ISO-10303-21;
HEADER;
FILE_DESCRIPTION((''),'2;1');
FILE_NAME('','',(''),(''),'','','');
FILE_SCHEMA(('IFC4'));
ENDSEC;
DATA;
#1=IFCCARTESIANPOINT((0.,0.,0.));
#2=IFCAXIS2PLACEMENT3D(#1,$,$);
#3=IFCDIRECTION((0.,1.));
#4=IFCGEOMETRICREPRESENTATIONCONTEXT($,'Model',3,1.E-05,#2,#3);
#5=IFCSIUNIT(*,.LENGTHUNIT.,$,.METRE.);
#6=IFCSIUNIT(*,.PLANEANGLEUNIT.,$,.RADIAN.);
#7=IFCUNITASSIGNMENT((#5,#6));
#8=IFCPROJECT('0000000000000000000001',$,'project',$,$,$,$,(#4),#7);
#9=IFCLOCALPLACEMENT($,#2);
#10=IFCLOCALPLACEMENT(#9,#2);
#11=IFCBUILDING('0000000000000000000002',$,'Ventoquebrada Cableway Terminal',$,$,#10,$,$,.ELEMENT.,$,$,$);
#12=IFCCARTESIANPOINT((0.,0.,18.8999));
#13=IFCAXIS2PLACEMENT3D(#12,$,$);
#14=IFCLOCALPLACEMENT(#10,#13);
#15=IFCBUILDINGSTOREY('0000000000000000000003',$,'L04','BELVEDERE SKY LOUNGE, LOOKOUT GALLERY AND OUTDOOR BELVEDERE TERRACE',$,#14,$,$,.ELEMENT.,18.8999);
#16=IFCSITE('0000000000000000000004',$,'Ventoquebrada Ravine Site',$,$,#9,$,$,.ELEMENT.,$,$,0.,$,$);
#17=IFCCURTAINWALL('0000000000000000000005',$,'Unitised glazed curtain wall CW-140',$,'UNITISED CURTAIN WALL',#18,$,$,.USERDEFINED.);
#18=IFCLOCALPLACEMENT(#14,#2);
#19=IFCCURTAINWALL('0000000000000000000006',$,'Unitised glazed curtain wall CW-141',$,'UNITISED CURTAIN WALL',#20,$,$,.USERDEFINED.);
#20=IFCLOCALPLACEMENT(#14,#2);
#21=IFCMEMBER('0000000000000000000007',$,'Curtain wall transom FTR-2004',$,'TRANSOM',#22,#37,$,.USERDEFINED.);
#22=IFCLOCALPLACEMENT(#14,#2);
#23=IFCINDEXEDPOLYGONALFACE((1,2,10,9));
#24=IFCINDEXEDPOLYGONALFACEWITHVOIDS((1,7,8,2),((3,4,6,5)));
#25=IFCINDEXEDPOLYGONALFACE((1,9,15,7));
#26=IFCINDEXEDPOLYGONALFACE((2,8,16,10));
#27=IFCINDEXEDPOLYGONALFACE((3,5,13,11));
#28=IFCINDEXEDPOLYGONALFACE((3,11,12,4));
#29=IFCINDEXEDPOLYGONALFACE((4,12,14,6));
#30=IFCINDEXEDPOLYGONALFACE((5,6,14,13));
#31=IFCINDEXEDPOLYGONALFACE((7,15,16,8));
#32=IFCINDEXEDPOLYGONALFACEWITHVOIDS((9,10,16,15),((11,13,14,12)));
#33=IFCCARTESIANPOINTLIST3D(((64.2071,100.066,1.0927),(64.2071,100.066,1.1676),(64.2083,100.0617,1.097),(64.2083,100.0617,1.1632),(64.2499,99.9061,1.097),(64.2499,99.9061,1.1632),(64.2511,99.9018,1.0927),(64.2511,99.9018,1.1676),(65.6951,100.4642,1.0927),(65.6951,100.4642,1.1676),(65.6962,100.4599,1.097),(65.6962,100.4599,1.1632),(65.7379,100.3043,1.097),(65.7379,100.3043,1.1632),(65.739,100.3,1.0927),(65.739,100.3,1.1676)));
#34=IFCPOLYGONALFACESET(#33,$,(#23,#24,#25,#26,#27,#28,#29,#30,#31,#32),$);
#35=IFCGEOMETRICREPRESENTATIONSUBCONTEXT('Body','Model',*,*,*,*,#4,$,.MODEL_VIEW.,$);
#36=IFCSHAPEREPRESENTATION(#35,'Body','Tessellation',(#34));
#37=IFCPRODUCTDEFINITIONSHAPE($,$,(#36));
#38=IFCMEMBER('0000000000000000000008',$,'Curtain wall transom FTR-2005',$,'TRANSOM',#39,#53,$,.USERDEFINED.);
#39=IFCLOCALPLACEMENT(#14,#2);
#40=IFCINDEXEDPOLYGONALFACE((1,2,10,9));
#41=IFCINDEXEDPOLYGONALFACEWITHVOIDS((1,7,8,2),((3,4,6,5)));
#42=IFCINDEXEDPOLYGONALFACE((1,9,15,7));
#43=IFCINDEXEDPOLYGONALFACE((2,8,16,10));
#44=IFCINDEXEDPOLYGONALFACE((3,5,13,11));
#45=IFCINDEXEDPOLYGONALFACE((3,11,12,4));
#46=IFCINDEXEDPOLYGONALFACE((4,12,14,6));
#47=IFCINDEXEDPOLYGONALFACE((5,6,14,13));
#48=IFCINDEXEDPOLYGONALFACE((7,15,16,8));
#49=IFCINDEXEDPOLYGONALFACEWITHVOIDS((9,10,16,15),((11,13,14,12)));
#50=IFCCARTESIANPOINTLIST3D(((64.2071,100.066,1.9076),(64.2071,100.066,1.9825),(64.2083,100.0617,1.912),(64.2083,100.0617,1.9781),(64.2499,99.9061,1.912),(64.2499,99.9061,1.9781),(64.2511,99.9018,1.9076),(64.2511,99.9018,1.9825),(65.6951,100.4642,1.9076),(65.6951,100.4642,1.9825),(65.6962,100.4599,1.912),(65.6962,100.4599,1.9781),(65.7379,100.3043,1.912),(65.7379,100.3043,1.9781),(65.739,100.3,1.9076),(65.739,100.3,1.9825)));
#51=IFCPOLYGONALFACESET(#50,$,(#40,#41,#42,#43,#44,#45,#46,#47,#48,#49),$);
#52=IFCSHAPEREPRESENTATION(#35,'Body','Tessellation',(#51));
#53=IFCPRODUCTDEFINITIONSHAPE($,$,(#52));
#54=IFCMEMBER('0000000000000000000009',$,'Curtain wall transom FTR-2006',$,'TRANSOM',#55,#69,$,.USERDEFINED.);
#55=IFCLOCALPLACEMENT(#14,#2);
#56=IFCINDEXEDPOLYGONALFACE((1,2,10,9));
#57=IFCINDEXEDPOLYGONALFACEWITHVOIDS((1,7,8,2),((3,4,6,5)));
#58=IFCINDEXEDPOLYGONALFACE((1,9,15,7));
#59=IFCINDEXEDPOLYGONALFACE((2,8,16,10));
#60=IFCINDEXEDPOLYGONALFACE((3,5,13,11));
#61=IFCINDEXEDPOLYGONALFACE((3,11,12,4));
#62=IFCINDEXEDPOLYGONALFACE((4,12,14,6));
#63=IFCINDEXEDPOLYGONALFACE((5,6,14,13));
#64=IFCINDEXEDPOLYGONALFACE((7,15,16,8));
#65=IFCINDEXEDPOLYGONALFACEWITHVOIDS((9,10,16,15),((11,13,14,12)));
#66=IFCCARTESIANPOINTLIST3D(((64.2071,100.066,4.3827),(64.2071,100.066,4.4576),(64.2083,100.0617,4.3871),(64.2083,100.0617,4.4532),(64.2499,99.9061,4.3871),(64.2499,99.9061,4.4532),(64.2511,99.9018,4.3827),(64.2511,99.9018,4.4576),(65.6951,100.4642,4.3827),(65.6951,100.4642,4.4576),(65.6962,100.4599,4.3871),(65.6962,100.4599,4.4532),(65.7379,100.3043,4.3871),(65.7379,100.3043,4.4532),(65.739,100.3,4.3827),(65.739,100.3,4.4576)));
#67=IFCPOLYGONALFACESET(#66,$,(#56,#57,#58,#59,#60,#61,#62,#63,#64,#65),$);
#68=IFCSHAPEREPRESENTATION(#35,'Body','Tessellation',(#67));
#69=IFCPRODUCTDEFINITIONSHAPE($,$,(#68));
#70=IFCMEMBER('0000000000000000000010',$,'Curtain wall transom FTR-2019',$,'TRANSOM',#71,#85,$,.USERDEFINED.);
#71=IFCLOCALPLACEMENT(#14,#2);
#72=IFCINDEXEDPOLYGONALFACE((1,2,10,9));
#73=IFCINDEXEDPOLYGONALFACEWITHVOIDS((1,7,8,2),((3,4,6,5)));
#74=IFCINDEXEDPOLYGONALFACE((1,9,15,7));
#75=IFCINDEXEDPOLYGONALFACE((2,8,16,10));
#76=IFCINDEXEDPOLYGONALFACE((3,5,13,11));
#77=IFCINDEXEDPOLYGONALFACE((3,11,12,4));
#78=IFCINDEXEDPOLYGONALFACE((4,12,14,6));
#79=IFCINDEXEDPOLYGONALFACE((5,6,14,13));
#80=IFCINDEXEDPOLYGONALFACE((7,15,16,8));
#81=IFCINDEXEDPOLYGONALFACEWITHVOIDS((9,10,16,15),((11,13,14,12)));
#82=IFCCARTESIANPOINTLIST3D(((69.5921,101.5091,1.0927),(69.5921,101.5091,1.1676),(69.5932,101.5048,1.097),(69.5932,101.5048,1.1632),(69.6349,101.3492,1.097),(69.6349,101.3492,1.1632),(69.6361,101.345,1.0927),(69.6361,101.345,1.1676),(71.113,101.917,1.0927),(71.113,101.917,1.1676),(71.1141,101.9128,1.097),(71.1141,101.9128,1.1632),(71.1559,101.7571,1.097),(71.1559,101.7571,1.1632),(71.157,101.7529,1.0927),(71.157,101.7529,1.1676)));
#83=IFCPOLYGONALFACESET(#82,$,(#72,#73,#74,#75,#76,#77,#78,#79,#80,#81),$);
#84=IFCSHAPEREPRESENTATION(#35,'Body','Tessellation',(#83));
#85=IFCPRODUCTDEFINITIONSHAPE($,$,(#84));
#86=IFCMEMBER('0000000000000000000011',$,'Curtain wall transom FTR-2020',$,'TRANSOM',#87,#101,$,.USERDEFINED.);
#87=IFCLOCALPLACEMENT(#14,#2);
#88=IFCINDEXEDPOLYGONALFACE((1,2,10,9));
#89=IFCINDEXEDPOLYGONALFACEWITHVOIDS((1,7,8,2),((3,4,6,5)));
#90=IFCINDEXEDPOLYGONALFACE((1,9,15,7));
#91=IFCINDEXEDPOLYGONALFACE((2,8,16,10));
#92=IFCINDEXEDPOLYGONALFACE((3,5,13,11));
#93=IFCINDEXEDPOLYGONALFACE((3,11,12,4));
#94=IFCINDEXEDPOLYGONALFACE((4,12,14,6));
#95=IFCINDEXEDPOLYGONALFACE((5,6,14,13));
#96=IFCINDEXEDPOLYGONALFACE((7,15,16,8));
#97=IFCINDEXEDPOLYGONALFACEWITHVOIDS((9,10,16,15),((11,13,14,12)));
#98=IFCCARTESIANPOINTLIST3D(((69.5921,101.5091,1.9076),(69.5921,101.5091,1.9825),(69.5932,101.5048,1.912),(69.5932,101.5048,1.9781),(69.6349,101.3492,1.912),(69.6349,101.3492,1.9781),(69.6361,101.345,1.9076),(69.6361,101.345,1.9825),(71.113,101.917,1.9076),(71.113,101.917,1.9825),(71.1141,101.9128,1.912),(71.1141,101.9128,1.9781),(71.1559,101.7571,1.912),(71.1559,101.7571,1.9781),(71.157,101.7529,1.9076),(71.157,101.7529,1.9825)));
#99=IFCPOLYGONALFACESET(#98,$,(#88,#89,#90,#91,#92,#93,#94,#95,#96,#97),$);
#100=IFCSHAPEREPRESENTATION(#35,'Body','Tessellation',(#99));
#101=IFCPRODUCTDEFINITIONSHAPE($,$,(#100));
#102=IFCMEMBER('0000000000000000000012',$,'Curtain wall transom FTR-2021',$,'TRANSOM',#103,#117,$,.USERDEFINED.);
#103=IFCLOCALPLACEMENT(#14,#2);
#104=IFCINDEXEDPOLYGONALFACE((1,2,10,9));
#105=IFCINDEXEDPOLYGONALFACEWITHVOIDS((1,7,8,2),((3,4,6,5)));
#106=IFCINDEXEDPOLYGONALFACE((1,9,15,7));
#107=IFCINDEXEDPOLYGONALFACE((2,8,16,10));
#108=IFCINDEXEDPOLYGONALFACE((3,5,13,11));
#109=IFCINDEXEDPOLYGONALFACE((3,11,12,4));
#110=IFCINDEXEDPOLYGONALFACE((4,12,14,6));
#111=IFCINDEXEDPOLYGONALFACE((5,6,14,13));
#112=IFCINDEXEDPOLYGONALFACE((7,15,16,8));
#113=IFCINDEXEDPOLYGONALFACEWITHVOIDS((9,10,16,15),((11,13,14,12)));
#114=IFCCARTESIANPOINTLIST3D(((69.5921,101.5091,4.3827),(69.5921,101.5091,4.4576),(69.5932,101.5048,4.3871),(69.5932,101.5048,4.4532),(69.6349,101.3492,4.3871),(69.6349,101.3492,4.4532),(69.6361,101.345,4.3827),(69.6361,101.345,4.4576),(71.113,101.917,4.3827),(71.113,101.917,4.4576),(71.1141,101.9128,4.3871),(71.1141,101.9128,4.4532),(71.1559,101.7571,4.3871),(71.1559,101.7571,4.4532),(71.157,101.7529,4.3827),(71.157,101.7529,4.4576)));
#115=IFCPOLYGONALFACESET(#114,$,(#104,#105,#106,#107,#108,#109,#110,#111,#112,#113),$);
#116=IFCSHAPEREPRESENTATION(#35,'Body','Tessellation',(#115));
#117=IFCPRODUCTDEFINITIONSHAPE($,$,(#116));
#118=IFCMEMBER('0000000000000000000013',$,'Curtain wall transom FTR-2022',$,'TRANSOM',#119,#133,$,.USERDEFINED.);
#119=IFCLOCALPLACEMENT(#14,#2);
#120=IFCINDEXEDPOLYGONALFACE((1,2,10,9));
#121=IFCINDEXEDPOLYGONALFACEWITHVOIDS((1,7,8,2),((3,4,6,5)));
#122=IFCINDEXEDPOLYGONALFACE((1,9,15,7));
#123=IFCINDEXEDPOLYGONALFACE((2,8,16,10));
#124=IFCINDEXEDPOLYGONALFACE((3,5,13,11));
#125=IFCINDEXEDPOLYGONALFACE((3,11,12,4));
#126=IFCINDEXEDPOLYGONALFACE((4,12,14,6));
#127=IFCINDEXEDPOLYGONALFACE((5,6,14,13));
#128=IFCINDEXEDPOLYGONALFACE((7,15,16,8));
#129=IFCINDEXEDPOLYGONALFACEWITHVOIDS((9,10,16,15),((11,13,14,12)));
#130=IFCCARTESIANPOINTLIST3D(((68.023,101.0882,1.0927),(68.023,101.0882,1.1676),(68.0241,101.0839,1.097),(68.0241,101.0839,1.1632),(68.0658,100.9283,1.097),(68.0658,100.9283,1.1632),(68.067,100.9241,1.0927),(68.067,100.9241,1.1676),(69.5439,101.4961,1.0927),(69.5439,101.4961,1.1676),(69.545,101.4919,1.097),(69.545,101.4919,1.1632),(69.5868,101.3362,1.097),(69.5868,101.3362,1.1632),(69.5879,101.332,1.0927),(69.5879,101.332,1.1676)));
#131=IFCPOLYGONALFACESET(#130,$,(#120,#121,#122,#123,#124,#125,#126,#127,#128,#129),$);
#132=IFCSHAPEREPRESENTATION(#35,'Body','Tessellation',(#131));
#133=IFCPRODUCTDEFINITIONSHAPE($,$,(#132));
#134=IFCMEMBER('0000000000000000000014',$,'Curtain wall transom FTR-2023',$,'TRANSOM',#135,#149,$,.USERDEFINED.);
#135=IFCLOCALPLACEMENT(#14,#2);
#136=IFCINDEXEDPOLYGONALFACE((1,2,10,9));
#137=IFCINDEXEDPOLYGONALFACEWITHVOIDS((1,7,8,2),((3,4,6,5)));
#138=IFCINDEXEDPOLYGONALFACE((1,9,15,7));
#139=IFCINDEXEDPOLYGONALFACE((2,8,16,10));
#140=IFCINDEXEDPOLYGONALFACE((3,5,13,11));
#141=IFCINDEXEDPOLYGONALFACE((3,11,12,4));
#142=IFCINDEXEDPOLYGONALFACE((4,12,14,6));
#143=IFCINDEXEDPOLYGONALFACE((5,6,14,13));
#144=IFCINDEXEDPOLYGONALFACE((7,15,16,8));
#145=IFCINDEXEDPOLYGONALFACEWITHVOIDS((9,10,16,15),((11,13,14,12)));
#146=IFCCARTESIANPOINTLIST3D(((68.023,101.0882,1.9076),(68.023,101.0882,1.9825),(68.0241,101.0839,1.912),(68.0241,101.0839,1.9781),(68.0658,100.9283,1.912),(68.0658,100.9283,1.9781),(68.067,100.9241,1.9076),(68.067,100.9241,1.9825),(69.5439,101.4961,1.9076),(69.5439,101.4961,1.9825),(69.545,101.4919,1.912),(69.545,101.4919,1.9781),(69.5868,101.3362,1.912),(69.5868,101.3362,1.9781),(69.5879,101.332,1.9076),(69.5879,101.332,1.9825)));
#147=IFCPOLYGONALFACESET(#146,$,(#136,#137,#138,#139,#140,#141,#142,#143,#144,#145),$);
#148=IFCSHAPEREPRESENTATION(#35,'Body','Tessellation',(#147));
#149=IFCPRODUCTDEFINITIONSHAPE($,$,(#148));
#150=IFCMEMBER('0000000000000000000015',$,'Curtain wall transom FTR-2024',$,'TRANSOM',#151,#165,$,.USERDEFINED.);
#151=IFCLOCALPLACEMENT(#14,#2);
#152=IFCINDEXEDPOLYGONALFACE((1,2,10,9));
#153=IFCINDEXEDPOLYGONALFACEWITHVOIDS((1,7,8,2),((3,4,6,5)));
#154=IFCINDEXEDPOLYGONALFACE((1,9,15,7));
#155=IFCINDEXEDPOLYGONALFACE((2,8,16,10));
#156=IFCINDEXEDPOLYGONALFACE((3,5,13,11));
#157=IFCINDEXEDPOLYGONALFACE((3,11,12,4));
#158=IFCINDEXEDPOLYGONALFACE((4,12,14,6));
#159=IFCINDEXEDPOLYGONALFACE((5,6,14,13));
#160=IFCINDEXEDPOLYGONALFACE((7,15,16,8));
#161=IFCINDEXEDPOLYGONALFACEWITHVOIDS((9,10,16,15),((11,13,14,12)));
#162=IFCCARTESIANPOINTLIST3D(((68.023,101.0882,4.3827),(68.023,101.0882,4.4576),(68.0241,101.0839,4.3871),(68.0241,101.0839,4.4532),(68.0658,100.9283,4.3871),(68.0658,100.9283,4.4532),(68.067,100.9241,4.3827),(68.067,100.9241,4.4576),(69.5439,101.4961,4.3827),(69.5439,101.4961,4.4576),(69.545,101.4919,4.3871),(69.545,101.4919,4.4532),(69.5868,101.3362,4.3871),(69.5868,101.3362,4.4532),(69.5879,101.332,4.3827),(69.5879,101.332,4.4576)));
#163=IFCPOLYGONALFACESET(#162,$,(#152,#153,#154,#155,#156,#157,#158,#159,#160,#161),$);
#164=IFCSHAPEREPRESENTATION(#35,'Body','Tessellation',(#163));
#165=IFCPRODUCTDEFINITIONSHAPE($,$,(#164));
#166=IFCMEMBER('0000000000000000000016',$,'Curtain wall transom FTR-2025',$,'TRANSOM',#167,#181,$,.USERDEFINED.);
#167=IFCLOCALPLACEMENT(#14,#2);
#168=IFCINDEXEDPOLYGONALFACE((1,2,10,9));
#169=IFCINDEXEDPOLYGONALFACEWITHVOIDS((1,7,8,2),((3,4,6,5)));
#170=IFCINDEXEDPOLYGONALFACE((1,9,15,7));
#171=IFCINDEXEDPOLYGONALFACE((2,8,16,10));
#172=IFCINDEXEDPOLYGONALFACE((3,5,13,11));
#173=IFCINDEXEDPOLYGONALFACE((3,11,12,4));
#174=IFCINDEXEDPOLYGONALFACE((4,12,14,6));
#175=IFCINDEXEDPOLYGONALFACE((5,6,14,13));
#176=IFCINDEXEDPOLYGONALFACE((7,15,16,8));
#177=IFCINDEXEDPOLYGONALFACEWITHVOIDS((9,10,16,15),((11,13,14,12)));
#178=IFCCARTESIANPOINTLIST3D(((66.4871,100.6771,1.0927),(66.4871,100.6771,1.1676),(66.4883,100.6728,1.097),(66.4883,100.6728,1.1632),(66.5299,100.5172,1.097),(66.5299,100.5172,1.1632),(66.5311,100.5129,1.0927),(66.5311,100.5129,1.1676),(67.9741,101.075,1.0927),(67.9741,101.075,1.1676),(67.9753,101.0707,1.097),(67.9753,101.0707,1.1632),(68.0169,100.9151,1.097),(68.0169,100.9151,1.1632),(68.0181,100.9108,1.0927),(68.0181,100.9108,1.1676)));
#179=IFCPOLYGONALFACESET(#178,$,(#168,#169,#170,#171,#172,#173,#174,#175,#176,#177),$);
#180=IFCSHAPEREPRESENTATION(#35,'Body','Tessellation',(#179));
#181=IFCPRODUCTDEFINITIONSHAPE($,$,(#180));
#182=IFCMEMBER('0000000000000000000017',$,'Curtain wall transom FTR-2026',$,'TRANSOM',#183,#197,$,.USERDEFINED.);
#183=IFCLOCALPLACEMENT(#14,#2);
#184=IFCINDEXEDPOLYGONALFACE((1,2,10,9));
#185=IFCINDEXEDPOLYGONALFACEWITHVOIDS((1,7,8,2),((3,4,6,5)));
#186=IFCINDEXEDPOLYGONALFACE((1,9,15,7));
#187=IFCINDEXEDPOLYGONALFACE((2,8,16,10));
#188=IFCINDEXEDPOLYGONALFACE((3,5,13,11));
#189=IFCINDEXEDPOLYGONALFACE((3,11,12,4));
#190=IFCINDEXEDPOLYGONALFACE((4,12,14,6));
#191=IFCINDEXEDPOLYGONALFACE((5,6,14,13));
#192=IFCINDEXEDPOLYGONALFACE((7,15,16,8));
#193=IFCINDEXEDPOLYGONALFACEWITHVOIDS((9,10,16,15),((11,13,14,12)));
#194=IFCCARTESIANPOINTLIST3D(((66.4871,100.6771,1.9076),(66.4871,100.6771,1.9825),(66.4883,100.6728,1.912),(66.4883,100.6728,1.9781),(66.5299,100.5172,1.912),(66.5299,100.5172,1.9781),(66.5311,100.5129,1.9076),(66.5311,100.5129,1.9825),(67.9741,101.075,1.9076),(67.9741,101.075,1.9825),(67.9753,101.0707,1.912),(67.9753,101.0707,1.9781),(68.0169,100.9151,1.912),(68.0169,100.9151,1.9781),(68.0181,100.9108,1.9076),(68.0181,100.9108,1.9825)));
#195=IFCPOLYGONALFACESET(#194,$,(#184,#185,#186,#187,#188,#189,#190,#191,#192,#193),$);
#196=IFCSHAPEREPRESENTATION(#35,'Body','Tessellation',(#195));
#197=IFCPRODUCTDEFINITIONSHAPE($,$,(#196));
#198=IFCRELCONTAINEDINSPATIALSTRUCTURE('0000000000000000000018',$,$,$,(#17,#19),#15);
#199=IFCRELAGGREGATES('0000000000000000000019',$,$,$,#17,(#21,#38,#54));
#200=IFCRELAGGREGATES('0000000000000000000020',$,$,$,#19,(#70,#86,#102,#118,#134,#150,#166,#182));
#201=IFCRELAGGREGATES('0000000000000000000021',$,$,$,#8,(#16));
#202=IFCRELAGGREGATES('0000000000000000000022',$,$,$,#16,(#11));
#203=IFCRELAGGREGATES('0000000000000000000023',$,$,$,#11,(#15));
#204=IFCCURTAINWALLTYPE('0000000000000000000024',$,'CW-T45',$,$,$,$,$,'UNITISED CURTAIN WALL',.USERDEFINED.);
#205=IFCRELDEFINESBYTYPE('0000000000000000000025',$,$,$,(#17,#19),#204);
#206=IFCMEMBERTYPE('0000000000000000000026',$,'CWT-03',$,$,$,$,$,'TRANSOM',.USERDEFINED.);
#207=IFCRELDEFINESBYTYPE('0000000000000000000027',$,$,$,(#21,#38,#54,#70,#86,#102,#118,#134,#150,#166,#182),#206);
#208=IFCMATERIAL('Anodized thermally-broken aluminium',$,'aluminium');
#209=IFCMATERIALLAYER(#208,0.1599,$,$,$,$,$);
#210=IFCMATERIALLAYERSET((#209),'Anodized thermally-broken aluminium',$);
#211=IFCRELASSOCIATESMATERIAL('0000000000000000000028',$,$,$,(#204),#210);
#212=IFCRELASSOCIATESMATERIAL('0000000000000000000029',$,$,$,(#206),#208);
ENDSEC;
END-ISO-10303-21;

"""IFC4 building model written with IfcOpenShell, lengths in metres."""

from ifc_helpers import new_model, si_unit, direction, frame, origin, origin_2d, place, context, subcontext, project, spatial, hollow_rectangle, extrude, material, layer, layer_set, material_profile, profile_set, type_object, element, aggregate, save


model = new_model("IFC4")

# Units and contexts
model_context = context("Model", 3, precision=1e-05, world=origin(), true_north=direction((0.0, 1.0)))
body_context = subcontext(model_context, "Body", "Model", "MODEL_VIEW")
ifc_project = project(units=[si_unit("LENGTHUNIT", "METRE"), si_unit("PLANEANGLEUNIT", "RADIAN")], contexts=[model_context])

# Site, building, storey
site_placement = place(None, origin())
site = spatial("IfcSite", under=ifc_project, at=site_placement, Name="Ventoquebrada Ravine Site", CompositionType="ELEMENT", RefElevation=0.0)
building_placement = place(site_placement, origin())
building = spatial("IfcBuilding", under=site, at=building_placement, Name="Ventoquebrada Cableway Terminal", CompositionType="ELEMENT")
storey_placement = place(building_placement, frame((0.0, 0.0, 18.8999)))
storey = spatial("IfcBuildingStorey", under=building, at=storey_placement, Name="L04", Description="BELVEDERE SKY LOUNGE, LOOKOUT GALLERY AND OUTDOOR BELVEDERE TERRACE", CompositionType="ELEMENT", Elevation=18.8999)

# Curtain wall
ifc_material_1 = material(Name="Anodized thermally-broken aluminium", Category="aluminium")
ifc_layer_1 = layer(ifc_material_1, 0.1599)
ifc_layer_set_1 = layer_set([ifc_layer_1], Name="Anodized thermally-broken aluminium")
curtain_wall_type = type_object("IfcCurtainWallType", Name="CW-T45", ElementType="UNITISED CURTAIN WALL", PredefinedType="USERDEFINED", material=ifc_layer_set_1)
curtain_wall_1_placement = place(storey_placement, origin())
curtain_wall_1 = element("IfcCurtainWall", 1, at=curtain_wall_1_placement, inside=storey, type_object=curtain_wall_type, Name="Unitised glazed curtain wall CW-140", ObjectType="UNITISED CURTAIN WALL", PredefinedType="USERDEFINED")

# Curtain wall
curtain_wall_2_placement = place(storey_placement, origin())
curtain_wall_2 = element("IfcCurtainWall", 2, at=curtain_wall_2_placement, inside=storey, type_object=curtain_wall_type, Name="Unitised glazed curtain wall CW-141", ObjectType="UNITISED CURTAIN WALL", PredefinedType="USERDEFINED")

# Members
ifc_material_profile_1 = material_profile(ifc_material_1, hollow_rectangle(XDim=0.075, YDim=0.1699, WallThickness=0.0044, at=origin_2d()), Name="CW-TRN-75X170")
ifc_profile_set_1 = profile_set([ifc_material_profile_1], Name="Anodized thermally-broken aluminium")
member_type_1 = type_object("IfcMemberType", Name="CWT-03", ElementType="TRANSOM", PredefinedType="USERDEFINED", material=ifc_profile_set_1)
member_1_placement = place(storey_placement, frame((65.717, 100.3821, 1.1301), z_axis=(-0.966011, -0.258501, 0.0), x_axis=(0.0, 0.0, 1.0)))
member_1 = element("IfcMember", 3, at=member_1_placement, type_object=member_type_1, Name="Curtain wall transom FTR-2004", ObjectType="TRANSOM", PredefinedType="USERDEFINED", context=body_context, shape_type="SweptSolid", body=[
    extrude(hollow_rectangle(XDim=0.075, YDim=0.1699, WallThickness=0.0044, at=origin_2d()), origin(), (0.0, 0.0, 1.0), 1.5403),
])
member_2_placement = place(storey_placement, frame((65.717, 100.3821, 1.9451), z_axis=(-0.966011, -0.258501, 0.0), x_axis=(0.0, 0.0, 1.0)))
member_2 = element("IfcMember", 4, at=member_2_placement, type_object=member_type_1, Name="Curtain wall transom FTR-2005", ObjectType="TRANSOM", PredefinedType="USERDEFINED", context=body_context, shape_type="SweptSolid", body=[
    extrude(hollow_rectangle(XDim=0.075, YDim=0.1699, WallThickness=0.0044, at=origin_2d()), origin(), (0.0, 0.0, 1.0), 1.5403),
])
member_3_placement = place(storey_placement, frame((65.717, 100.3821, 4.4202), z_axis=(-0.966011, -0.258501, 0.0), x_axis=(0.0, 0.0, 1.0)))
member_3 = element("IfcMember", 5, at=member_3_placement, type_object=member_type_1, Name="Curtain wall transom FTR-2006", ObjectType="TRANSOM", PredefinedType="USERDEFINED", context=body_context, shape_type="SweptSolid", body=[
    extrude(hollow_rectangle(XDim=0.075, YDim=0.1699, WallThickness=0.0044, at=origin_2d()), origin(), (0.0, 0.0, 1.0), 1.5403),
])
member_4_placement = place(storey_placement, frame((71.135, 101.835, 1.1301), z_axis=(-0.965861, -0.259062, 0.0), x_axis=(0.0, 0.0, 1.0)))
member_4 = element("IfcMember", 6, at=member_4_placement, type_object=member_type_1, Name="Curtain wall transom FTR-2019", ObjectType="TRANSOM", PredefinedType="USERDEFINED", context=body_context, shape_type="SweptSolid", body=[
    extrude(hollow_rectangle(XDim=0.075, YDim=0.1699, WallThickness=0.0044, at=origin_2d()), origin(), (0.0, 0.0, 1.0), 1.5747),
])
member_5_placement = place(storey_placement, frame((71.135, 101.835, 1.9451), z_axis=(-0.965861, -0.259062, 0.0), x_axis=(0.0, 0.0, 1.0)))
member_5 = element("IfcMember", 7, at=member_5_placement, type_object=member_type_1, Name="Curtain wall transom FTR-2020", ObjectType="TRANSOM", PredefinedType="USERDEFINED", context=body_context, shape_type="SweptSolid", body=[
    extrude(hollow_rectangle(XDim=0.075, YDim=0.1699, WallThickness=0.0044, at=origin_2d()), origin(), (0.0, 0.0, 1.0), 1.5747),
])
member_6_placement = place(storey_placement, frame((71.135, 101.835, 4.4202), z_axis=(-0.965861, -0.259062, 0.0), x_axis=(0.0, 0.0, 1.0)))
member_6 = element("IfcMember", 8, at=member_6_placement, type_object=member_type_1, Name="Curtain wall transom FTR-2021", ObjectType="TRANSOM", PredefinedType="USERDEFINED", context=body_context, shape_type="SweptSolid", body=[
    extrude(hollow_rectangle(XDim=0.075, YDim=0.1699, WallThickness=0.0044, at=origin_2d()), origin(), (0.0, 0.0, 1.0), 1.5747),
])
member_7_placement = place(storey_placement, frame((69.5659, 101.4141, 1.1301), z_axis=(-0.965861, -0.259062, 0.0), x_axis=(0.0, 0.0, 1.0)))
member_7 = element("IfcMember", 9, at=member_7_placement, type_object=member_type_1, Name="Curtain wall transom FTR-2022", ObjectType="TRANSOM", PredefinedType="USERDEFINED", context=body_context, shape_type="SweptSolid", body=[
    extrude(hollow_rectangle(XDim=0.075, YDim=0.1699, WallThickness=0.0044, at=origin_2d()), origin(), (0.0, 0.0, 1.0), 1.5747),
])
member_8_placement = place(storey_placement, frame((69.5659, 101.4141, 1.9451), z_axis=(-0.965861, -0.259062, 0.0), x_axis=(0.0, 0.0, 1.0)))
member_8 = element("IfcMember", 10, at=member_8_placement, type_object=member_type_1, Name="Curtain wall transom FTR-2023", ObjectType="TRANSOM", PredefinedType="USERDEFINED", context=body_context, shape_type="SweptSolid", body=[
    extrude(hollow_rectangle(XDim=0.075, YDim=0.1699, WallThickness=0.0044, at=origin_2d()), origin(), (0.0, 0.0, 1.0), 1.5747),
])
member_9_placement = place(storey_placement, frame((69.5659, 101.4141, 4.4202), z_axis=(-0.965861, -0.259062, 0.0), x_axis=(0.0, 0.0, 1.0)))
member_9 = element("IfcMember", 11, at=member_9_placement, type_object=member_type_1, Name="Curtain wall transom FTR-2024", ObjectType="TRANSOM", PredefinedType="USERDEFINED", context=body_context, shape_type="SweptSolid", body=[
    extrude(hollow_rectangle(XDim=0.075, YDim=0.1699, WallThickness=0.0044, at=origin_2d()), origin(), (0.0, 0.0, 1.0), 1.5747),
])
member_10_placement = place(storey_placement, frame((67.9961, 100.9929, 1.1301), z_axis=(-0.966008, -0.258511, 0.0), x_axis=(0.0, 0.0, 1.0)))
member_10 = element("IfcMember", 12, at=member_10_placement, type_object=member_type_1, Name="Curtain wall transom FTR-2025", ObjectType="TRANSOM", PredefinedType="USERDEFINED", context=body_context, shape_type="SweptSolid", body=[
    extrude(hollow_rectangle(XDim=0.075, YDim=0.1699, WallThickness=0.0044, at=origin_2d()), origin(), (0.0, 0.0, 1.0), 1.5393),
])
member_11_placement = place(storey_placement, frame((67.9961, 100.9929, 1.9451), z_axis=(-0.966008, -0.258511, 0.0), x_axis=(0.0, 0.0, 1.0)))
member_11 = element("IfcMember", 13, at=member_11_placement, type_object=member_type_1, Name="Curtain wall transom FTR-2026", ObjectType="TRANSOM", PredefinedType="USERDEFINED", context=body_context, shape_type="SweptSolid", body=[
    extrude(hollow_rectangle(XDim=0.075, YDim=0.1699, WallThickness=0.0044, at=origin_2d()), origin(), (0.0, 0.0, 1.0), 1.5393),
])

aggregate(curtain_wall_1, [member_1, member_2, member_3])
aggregate(curtain_wall_2, [member_4, member_5, member_6, member_7, member_8, member_9, member_10, member_11])

save(model, "model.ifc")
